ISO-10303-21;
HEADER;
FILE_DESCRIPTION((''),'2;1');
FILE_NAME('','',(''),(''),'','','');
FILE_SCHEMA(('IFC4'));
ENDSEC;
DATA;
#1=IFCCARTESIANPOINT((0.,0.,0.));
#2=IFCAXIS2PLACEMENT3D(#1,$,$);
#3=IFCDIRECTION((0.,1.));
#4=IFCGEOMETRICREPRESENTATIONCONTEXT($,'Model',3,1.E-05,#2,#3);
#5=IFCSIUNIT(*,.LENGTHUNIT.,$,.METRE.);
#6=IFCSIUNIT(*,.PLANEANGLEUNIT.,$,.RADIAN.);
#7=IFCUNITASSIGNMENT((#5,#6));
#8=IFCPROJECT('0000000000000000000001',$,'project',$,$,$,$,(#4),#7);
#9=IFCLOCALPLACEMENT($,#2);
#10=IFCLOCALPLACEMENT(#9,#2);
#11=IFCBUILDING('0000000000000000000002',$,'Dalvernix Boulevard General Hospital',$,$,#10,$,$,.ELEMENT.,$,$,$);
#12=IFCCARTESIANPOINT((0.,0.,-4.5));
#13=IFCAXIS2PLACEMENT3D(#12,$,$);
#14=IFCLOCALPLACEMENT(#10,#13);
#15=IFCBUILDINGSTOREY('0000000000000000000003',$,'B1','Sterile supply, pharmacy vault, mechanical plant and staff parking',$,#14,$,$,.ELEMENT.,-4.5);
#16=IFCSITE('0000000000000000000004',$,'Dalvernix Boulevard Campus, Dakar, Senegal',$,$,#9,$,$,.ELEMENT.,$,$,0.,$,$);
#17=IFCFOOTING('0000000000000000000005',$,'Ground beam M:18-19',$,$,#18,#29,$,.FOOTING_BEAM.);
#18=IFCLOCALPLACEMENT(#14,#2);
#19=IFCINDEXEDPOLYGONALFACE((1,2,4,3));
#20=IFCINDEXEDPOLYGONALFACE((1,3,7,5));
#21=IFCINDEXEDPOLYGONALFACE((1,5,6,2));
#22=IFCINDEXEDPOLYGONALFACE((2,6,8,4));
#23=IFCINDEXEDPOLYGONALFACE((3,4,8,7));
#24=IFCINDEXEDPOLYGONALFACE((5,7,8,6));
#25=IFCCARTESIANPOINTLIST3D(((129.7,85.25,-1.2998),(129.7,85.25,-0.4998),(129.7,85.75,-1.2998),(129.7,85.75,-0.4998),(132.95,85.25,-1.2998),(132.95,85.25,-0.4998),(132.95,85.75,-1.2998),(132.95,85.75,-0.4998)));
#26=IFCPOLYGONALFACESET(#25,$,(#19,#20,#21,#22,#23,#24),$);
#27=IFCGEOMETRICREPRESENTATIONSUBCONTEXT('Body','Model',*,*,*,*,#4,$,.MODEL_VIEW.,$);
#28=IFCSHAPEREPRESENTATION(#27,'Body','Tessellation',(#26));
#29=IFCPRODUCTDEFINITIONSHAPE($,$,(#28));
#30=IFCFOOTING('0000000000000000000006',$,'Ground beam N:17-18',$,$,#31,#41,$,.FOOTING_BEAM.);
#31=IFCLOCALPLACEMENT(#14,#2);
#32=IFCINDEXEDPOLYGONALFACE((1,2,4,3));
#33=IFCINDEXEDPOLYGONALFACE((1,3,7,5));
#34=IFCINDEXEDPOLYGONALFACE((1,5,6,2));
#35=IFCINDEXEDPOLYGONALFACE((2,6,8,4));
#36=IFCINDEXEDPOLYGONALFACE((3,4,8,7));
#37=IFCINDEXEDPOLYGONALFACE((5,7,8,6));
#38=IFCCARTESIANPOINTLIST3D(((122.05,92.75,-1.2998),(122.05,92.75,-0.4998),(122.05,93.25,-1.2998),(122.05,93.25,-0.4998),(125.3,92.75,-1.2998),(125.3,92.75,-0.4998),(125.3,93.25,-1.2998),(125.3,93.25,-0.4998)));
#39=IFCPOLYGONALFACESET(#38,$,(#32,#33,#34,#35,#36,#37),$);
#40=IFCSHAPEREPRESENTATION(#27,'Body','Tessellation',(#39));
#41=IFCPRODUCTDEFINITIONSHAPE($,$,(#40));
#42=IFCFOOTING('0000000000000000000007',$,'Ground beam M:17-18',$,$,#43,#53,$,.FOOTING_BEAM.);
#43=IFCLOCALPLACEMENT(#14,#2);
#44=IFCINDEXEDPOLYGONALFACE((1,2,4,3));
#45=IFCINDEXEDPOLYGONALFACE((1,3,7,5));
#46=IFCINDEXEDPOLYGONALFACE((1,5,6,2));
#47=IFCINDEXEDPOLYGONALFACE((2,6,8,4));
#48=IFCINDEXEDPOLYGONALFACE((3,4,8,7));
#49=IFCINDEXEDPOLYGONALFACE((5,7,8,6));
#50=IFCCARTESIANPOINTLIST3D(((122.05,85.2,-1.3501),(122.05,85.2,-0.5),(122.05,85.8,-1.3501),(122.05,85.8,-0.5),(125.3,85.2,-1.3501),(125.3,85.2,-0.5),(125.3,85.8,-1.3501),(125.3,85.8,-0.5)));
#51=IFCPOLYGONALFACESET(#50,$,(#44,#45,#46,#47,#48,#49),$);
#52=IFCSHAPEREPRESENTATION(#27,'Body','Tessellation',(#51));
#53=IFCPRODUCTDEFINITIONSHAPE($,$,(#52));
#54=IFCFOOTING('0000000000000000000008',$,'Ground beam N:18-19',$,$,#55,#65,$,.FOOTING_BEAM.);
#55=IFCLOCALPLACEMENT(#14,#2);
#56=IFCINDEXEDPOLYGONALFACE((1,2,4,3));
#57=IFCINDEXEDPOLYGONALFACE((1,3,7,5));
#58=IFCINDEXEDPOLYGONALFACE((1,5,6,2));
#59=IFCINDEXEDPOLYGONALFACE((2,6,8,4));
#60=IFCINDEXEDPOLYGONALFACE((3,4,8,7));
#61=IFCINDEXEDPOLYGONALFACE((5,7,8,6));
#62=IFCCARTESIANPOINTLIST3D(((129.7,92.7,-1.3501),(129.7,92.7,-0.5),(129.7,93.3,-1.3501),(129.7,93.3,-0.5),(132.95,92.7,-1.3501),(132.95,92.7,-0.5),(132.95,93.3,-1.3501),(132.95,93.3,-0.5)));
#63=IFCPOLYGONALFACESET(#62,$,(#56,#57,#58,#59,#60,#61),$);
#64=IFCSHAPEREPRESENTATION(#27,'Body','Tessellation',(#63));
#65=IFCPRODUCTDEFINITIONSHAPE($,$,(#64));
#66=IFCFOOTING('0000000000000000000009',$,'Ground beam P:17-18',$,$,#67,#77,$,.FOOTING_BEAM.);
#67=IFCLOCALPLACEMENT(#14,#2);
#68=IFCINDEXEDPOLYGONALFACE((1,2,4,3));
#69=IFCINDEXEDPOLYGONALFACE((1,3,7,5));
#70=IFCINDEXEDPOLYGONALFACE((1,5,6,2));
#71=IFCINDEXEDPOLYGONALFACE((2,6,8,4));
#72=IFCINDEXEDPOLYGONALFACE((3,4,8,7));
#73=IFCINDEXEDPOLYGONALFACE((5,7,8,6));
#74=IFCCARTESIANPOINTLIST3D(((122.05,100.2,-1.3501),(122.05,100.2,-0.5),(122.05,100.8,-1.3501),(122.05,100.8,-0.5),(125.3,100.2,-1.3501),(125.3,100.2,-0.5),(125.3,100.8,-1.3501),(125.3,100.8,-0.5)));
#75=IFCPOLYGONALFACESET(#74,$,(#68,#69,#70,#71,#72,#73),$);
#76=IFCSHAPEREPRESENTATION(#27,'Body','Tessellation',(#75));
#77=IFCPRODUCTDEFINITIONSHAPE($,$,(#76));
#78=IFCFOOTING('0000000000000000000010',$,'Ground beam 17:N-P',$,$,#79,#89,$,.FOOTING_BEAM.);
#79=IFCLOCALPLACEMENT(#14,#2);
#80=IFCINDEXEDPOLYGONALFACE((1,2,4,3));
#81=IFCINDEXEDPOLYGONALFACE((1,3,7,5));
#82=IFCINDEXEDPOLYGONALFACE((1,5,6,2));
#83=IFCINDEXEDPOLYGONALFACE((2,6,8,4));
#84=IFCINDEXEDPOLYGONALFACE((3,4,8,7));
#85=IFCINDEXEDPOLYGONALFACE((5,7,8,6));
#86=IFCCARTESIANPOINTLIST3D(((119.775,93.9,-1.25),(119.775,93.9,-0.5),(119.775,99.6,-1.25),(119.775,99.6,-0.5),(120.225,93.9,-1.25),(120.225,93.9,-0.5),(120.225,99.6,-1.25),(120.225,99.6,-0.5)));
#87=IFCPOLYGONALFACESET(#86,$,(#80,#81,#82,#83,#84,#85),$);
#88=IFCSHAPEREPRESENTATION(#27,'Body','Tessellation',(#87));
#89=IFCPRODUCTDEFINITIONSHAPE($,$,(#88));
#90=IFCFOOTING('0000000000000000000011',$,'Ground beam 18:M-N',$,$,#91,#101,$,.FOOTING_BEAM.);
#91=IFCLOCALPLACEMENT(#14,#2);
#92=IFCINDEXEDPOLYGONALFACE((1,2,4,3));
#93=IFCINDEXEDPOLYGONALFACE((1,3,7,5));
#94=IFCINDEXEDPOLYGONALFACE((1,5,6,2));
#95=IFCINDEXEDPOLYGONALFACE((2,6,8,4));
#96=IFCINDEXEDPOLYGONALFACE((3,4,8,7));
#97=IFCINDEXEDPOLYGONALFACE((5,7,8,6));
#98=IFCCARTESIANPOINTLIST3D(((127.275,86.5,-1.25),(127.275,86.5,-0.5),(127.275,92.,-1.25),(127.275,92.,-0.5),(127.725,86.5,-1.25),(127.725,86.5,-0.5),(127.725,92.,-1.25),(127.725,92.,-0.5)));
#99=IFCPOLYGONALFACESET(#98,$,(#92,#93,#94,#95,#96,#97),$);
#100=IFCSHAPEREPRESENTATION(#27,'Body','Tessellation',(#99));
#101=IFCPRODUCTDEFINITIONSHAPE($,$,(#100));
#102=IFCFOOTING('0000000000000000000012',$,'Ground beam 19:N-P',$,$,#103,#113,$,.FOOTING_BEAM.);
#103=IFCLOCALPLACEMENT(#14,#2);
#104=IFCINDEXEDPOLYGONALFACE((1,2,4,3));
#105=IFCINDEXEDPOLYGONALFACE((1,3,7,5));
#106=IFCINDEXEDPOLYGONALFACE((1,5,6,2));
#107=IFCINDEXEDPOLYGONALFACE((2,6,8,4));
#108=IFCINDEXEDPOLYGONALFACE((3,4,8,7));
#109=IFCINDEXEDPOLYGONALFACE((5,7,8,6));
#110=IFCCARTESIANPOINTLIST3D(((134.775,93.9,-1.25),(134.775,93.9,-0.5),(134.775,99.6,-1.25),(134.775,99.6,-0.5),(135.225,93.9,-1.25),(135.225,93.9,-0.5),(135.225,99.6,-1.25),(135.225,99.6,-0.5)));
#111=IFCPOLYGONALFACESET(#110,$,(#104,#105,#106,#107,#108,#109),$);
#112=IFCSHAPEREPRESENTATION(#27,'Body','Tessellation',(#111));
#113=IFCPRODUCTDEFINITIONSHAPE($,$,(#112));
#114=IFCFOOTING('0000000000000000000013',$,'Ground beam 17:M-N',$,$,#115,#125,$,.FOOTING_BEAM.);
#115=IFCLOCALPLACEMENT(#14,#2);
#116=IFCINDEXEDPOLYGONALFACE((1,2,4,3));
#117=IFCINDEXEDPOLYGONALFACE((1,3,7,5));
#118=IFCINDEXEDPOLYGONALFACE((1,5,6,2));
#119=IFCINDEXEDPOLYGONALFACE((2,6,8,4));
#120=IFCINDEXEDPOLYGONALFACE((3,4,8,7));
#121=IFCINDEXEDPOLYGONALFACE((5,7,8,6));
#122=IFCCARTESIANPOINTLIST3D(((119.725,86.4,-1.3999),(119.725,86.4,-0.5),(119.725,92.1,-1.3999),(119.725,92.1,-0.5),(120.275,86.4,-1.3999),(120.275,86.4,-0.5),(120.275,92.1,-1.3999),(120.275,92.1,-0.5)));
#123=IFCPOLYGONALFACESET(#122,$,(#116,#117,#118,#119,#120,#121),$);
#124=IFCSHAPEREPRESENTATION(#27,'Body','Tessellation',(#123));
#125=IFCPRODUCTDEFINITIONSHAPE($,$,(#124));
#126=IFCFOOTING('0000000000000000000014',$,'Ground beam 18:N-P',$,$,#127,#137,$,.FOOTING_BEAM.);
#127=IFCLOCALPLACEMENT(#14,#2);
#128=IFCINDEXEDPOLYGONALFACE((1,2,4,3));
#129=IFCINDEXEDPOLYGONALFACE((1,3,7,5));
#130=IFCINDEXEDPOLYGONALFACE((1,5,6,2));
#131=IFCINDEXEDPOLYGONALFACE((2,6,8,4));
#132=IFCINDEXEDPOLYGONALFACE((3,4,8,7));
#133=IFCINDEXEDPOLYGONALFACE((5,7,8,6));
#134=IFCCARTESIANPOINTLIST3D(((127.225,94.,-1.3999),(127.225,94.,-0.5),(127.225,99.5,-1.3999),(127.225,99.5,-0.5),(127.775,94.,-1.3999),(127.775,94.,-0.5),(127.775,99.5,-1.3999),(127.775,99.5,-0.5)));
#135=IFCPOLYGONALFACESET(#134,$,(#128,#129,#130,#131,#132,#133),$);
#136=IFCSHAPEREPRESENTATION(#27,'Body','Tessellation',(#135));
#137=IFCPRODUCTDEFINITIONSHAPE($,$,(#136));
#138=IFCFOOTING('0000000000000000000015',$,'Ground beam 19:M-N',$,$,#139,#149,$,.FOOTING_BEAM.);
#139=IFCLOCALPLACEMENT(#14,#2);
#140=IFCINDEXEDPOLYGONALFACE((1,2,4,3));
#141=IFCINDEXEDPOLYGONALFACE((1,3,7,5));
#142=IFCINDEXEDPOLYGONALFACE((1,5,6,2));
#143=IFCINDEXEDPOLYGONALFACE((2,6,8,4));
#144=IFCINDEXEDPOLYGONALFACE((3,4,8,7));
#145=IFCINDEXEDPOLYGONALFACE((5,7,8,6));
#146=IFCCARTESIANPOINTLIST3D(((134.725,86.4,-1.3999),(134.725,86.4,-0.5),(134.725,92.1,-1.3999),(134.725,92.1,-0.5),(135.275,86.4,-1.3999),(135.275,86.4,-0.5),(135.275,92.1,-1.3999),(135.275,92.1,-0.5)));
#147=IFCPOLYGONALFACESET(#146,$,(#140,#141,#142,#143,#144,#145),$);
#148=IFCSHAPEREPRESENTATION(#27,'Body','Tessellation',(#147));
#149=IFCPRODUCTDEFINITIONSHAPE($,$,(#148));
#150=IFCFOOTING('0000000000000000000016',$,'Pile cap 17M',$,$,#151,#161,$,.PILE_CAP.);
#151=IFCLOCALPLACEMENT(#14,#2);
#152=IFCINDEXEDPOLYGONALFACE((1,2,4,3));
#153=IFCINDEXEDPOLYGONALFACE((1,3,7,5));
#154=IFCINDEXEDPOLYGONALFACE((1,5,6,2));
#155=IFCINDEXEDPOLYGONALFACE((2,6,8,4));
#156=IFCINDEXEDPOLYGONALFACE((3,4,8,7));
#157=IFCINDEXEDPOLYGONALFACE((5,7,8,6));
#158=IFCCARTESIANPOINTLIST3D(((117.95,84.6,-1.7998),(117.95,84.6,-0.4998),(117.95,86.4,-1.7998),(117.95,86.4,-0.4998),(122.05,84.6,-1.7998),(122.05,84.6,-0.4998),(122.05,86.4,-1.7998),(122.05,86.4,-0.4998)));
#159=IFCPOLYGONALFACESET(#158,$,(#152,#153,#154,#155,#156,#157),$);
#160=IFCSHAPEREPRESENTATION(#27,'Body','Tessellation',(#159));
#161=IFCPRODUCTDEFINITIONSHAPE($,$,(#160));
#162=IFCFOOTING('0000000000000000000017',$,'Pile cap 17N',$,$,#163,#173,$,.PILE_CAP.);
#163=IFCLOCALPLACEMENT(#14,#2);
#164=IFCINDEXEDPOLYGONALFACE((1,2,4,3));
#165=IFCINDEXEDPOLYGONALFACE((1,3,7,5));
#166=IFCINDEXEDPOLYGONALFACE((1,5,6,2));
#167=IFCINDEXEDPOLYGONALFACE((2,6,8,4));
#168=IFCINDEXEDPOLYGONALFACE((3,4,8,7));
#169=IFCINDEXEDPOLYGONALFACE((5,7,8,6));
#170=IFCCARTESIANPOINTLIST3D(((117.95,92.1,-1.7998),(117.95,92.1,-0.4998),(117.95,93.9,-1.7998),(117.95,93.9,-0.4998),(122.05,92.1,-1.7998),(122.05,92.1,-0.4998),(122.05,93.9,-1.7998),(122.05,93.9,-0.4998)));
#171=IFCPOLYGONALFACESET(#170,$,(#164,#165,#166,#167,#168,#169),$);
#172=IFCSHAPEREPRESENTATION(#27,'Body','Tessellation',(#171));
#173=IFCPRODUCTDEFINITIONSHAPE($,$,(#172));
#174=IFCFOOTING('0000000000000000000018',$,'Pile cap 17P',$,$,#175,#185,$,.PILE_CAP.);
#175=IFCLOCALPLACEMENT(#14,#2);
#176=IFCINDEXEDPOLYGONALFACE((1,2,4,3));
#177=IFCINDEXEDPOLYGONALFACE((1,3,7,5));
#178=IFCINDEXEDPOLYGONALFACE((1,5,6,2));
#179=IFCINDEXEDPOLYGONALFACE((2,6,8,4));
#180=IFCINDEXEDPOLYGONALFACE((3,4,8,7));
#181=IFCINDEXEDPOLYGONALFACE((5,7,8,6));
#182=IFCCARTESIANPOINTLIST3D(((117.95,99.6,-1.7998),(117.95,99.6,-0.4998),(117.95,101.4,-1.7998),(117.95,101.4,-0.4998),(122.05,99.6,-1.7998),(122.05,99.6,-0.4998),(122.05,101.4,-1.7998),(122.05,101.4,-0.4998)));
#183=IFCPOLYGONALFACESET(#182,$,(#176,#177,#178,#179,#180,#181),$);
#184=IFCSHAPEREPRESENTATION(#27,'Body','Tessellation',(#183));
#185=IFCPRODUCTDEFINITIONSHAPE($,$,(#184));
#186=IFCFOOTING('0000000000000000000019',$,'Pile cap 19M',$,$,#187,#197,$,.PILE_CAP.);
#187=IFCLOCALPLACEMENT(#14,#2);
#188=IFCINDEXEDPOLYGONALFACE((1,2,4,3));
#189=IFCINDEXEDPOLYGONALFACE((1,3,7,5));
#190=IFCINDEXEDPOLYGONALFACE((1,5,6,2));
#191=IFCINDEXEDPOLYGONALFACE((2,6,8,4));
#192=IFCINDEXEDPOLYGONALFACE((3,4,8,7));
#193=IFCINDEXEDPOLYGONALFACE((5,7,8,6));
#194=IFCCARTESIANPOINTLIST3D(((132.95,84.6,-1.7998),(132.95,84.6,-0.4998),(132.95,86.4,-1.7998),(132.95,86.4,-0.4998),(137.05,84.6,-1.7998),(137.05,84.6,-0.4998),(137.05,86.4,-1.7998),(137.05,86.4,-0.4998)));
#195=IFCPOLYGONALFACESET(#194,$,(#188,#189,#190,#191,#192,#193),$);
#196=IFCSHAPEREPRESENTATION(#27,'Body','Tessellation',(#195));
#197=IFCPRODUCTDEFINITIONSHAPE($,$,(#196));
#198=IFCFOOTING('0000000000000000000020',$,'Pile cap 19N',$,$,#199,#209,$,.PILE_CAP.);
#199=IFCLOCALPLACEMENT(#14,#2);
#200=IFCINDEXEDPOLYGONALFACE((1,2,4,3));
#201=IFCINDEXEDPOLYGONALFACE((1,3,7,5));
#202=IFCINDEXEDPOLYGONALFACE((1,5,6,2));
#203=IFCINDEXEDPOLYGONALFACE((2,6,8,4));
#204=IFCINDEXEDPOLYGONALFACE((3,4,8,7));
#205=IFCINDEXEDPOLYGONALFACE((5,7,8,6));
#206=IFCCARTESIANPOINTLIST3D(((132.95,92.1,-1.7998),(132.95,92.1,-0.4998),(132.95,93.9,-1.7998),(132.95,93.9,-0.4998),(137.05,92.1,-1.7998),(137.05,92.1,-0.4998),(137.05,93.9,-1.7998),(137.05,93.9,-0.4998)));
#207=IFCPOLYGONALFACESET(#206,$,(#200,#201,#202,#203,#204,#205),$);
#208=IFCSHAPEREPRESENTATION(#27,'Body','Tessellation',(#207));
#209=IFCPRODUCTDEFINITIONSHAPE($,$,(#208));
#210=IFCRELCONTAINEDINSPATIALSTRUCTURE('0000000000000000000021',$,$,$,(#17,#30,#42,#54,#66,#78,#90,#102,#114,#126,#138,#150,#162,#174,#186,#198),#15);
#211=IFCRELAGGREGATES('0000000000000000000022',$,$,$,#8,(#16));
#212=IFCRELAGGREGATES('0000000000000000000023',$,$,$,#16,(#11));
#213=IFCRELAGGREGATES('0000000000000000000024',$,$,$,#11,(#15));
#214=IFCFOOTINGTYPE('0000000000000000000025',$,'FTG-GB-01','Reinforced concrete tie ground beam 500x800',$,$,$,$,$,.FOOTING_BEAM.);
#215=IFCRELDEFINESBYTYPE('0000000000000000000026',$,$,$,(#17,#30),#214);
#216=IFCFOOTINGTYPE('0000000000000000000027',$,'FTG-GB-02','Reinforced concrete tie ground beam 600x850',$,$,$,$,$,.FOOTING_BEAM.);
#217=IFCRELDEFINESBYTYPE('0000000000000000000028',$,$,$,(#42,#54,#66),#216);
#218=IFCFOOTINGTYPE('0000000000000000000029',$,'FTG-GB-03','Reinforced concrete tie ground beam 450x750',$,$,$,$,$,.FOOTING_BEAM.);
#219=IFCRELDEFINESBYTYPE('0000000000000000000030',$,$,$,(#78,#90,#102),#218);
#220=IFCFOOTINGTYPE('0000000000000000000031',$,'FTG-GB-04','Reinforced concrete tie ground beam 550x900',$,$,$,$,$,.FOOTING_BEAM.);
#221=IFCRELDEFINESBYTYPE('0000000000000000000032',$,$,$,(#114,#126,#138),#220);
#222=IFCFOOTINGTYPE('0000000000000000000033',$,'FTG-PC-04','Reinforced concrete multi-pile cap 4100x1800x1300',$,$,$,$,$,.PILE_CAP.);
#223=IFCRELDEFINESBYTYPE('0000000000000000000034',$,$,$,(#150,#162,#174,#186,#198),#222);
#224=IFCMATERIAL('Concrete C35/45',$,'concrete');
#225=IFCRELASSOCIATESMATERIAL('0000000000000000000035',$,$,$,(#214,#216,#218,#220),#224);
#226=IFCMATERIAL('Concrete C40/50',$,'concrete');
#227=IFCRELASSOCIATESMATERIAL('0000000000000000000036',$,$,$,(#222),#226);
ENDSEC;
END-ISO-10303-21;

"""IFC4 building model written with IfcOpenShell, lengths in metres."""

from ifc_helpers import new_model, si_unit, direction, frame, origin, origin_2d, place, context, subcontext, project, spatial, rectangle, extrude, material, type_object, element, save


model = new_model("IFC4")

# Units and contexts
model_context = context("Model", 3, precision=1e-05, world=origin(), true_north=direction((0.0, 1.0)))
body_context = subcontext(model_context, "Body", "Model", "MODEL_VIEW")
ifc_project = project(units=[si_unit("LENGTHUNIT", "METRE"), si_unit("PLANEANGLEUNIT", "RADIAN")], contexts=[model_context])

# Site, building, storey
site_placement = place(None, origin())
site = spatial("IfcSite", under=ifc_project, at=site_placement, Name="Dalvernix Boulevard Campus, Dakar, Senegal", CompositionType="ELEMENT", RefElevation=0.0)
building_placement = place(site_placement, origin())
building = spatial("IfcBuilding", under=site, at=building_placement, Name="Dalvernix Boulevard General Hospital", CompositionType="ELEMENT")
storey_placement = place(building_placement, frame((0.0, 0.0, -4.5)))
storey = spatial("IfcBuildingStorey", under=building, at=storey_placement, Name="B1", Description="Sterile supply, pharmacy vault, mechanical plant and staff parking", CompositionType="ELEMENT", Elevation=-4.5)

# Footings
ifc_material_1 = material(Name="Concrete C35/45", Category="concrete")
footing_type_1 = type_object("IfcFootingType", Name="FTG-GB-01", Description="Reinforced concrete tie ground beam 500x800", PredefinedType="FOOTING_BEAM", material=ifc_material_1)
for number, where, z_axis, x_axis, name in (
    (1, (131.325, 85.5, -1.2998), (0.0, 0.0, 1.0), (1.0, 0.0, 0.0), "Ground beam M:18-19"),
    (2, (123.675, 93.0, -1.2998), (0.0, 0.0, 1.0), (1.0, 0.0, 0.0), "Ground beam N:17-18"),
):
    element("IfcFooting", number, at=place(storey_placement, frame(where, z_axis=z_axis, x_axis=x_axis)), inside=storey, type_object=footing_type_1, Name=name, PredefinedType="FOOTING_BEAM", context=body_context, shape_type="SweptSolid", body=[
        extrude(rectangle(XDim=3.25, YDim=0.5, at=origin_2d()), origin(), (0.0, 0.0, 1.0), 0.8),
    ])
footing_type_2 = type_object("IfcFootingType", Name="FTG-GB-02", Description="Reinforced concrete tie ground beam 600x850", PredefinedType="FOOTING_BEAM", material=ifc_material_1)
for number, where, z_axis, x_axis, name in (
    (3, (123.675, 85.5, -1.3501), (0.0, 0.0, 1.0), (1.0, 0.0, 0.0), "Ground beam M:17-18"),
    (4, (131.325, 93.0, -1.3501), (0.0, 0.0, 1.0), (1.0, 0.0, 0.0), "Ground beam N:18-19"),
    (5, (123.675, 100.5, -1.3501), (0.0, 0.0, 1.0), (1.0, 0.0, 0.0), "Ground beam P:17-18"),
):
    element("IfcFooting", number, at=place(storey_placement, frame(where, z_axis=z_axis, x_axis=x_axis)), inside=storey, type_object=footing_type_2, Name=name, PredefinedType="FOOTING_BEAM", context=body_context, shape_type="SweptSolid", body=[
        extrude(rectangle(XDim=3.25, YDim=0.6001, at=origin_2d()), origin(), (0.0, 0.0, 1.0), 0.8501),
    ])
footing_type_3 = type_object("IfcFootingType", Name="FTG-GB-03", Description="Reinforced concrete tie ground beam 450x750", PredefinedType="FOOTING_BEAM", material=ifc_material_1)
footing_1_placement = place(storey_placement, frame((120.0, 96.75, -1.25), z_axis=(0.0, 0.0, 1.0), x_axis=(0.0, 1.0, 0.0)))
element("IfcFooting", 6, at=footing_1_placement, inside=storey, type_object=footing_type_3, Name="Ground beam 17:N-P", PredefinedType="FOOTING_BEAM", context=body_context, shape_type="SweptSolid", body=[
    extrude(rectangle(XDim=5.7, YDim=0.45, at=origin_2d()), origin(), (0.0, 0.0, 1.0), 0.75),
])
footing_2_placement = place(storey_placement, frame((127.5, 89.25, -1.25), z_axis=(0.0, 0.0, 1.0), x_axis=(0.0, 1.0, 0.0)))
element("IfcFooting", 7, at=footing_2_placement, inside=storey, type_object=footing_type_3, Name="Ground beam 18:M-N", PredefinedType="FOOTING_BEAM", context=body_context, shape_type="SweptSolid", body=[
    extrude(rectangle(XDim=5.5, YDim=0.45, at=origin_2d()), origin(), (0.0, 0.0, 1.0), 0.75),
])
footing_3_placement = place(storey_placement, frame((135.0, 96.75, -1.25), z_axis=(0.0, 0.0, 1.0), x_axis=(0.0, 1.0, 0.0)))
element("IfcFooting", 8, at=footing_3_placement, inside=storey, type_object=footing_type_3, Name="Ground beam 19:N-P", PredefinedType="FOOTING_BEAM", context=body_context, shape_type="SweptSolid", body=[
    extrude(rectangle(XDim=5.7, YDim=0.45, at=origin_2d()), origin(), (0.0, 0.0, 1.0), 0.75),
])
footing_type_4 = type_object("IfcFootingType", Name="FTG-GB-04", Description="Reinforced concrete tie ground beam 550x900", PredefinedType="FOOTING_BEAM", material=ifc_material_1)
footing_4_placement = place(storey_placement, frame((120.0, 89.25, -1.3999), z_axis=(0.0, 0.0, 1.0), x_axis=(0.0, 1.0, 0.0)))
element("IfcFooting", 9, at=footing_4_placement, inside=storey, type_object=footing_type_4, Name="Ground beam 17:M-N", PredefinedType="FOOTING_BEAM", context=body_context, shape_type="SweptSolid", body=[
    extrude(rectangle(XDim=5.7, YDim=0.55, at=origin_2d()), origin(), (0.0, 0.0, 1.0), 0.8999),
])
footing_5_placement = place(storey_placement, frame((127.5, 96.75, -1.3999), z_axis=(0.0, 0.0, 1.0), x_axis=(0.0, 1.0, 0.0)))
element("IfcFooting", 10, at=footing_5_placement, inside=storey, type_object=footing_type_4, Name="Ground beam 18:N-P", PredefinedType="FOOTING_BEAM", context=body_context, shape_type="SweptSolid", body=[
    extrude(rectangle(XDim=5.5, YDim=0.55, at=origin_2d()), origin(), (0.0, 0.0, 1.0), 0.8999),
])
footing_6_placement = place(storey_placement, frame((135.0, 89.25, -1.3999), z_axis=(0.0, 0.0, 1.0), x_axis=(0.0, 1.0, 0.0)))
element("IfcFooting", 11, at=footing_6_placement, inside=storey, type_object=footing_type_4, Name="Ground beam 19:M-N", PredefinedType="FOOTING_BEAM", context=body_context, shape_type="SweptSolid", body=[
    extrude(rectangle(XDim=5.7, YDim=0.55, at=origin_2d()), origin(), (0.0, 0.0, 1.0), 0.8999),
])
ifc_material_2 = material(Name="Concrete C40/50", Category="concrete")
footing_type_5 = type_object("IfcFootingType", Name="FTG-PC-04", Description="Reinforced concrete multi-pile cap 4100x1800x1300", PredefinedType="PILE_CAP", material=ifc_material_2)
for number, where, z_axis, x_axis, name in (
    (12, (120.0, 85.5, -1.7998), (0.0, 0.0, 1.0), (1.0, 0.0, 0.0), "Pile cap 17M"),
    (13, (120.0, 93.0, -1.7998), (0.0, 0.0, 1.0), (1.0, 0.0, 0.0), "Pile cap 17N"),
    (14, (120.0, 100.5, -1.7998), (0.0, 0.0, 1.0), (1.0, 0.0, 0.0), "Pile cap 17P"),
    (15, (135.0, 85.5, -1.7998), (0.0, 0.0, 1.0), (1.0, 0.0, 0.0), "Pile cap 19M"),
    (16, (135.0, 93.0, -1.7998), (0.0, 0.0, 1.0), (1.0, 0.0, 0.0), "Pile cap 19N"),
):
    element("IfcFooting", number, at=place(storey_placement, frame(where, z_axis=z_axis, x_axis=x_axis)), inside=storey, type_object=footing_type_5, Name=name, PredefinedType="PILE_CAP", context=body_context, shape_type="SweptSolid", body=[
        extrude(rectangle(XDim=4.1001, YDim=1.8, at=origin_2d()), origin(), (0.0, 0.0, 1.0), 1.3),
    ])

save(model, "model.ifc")
